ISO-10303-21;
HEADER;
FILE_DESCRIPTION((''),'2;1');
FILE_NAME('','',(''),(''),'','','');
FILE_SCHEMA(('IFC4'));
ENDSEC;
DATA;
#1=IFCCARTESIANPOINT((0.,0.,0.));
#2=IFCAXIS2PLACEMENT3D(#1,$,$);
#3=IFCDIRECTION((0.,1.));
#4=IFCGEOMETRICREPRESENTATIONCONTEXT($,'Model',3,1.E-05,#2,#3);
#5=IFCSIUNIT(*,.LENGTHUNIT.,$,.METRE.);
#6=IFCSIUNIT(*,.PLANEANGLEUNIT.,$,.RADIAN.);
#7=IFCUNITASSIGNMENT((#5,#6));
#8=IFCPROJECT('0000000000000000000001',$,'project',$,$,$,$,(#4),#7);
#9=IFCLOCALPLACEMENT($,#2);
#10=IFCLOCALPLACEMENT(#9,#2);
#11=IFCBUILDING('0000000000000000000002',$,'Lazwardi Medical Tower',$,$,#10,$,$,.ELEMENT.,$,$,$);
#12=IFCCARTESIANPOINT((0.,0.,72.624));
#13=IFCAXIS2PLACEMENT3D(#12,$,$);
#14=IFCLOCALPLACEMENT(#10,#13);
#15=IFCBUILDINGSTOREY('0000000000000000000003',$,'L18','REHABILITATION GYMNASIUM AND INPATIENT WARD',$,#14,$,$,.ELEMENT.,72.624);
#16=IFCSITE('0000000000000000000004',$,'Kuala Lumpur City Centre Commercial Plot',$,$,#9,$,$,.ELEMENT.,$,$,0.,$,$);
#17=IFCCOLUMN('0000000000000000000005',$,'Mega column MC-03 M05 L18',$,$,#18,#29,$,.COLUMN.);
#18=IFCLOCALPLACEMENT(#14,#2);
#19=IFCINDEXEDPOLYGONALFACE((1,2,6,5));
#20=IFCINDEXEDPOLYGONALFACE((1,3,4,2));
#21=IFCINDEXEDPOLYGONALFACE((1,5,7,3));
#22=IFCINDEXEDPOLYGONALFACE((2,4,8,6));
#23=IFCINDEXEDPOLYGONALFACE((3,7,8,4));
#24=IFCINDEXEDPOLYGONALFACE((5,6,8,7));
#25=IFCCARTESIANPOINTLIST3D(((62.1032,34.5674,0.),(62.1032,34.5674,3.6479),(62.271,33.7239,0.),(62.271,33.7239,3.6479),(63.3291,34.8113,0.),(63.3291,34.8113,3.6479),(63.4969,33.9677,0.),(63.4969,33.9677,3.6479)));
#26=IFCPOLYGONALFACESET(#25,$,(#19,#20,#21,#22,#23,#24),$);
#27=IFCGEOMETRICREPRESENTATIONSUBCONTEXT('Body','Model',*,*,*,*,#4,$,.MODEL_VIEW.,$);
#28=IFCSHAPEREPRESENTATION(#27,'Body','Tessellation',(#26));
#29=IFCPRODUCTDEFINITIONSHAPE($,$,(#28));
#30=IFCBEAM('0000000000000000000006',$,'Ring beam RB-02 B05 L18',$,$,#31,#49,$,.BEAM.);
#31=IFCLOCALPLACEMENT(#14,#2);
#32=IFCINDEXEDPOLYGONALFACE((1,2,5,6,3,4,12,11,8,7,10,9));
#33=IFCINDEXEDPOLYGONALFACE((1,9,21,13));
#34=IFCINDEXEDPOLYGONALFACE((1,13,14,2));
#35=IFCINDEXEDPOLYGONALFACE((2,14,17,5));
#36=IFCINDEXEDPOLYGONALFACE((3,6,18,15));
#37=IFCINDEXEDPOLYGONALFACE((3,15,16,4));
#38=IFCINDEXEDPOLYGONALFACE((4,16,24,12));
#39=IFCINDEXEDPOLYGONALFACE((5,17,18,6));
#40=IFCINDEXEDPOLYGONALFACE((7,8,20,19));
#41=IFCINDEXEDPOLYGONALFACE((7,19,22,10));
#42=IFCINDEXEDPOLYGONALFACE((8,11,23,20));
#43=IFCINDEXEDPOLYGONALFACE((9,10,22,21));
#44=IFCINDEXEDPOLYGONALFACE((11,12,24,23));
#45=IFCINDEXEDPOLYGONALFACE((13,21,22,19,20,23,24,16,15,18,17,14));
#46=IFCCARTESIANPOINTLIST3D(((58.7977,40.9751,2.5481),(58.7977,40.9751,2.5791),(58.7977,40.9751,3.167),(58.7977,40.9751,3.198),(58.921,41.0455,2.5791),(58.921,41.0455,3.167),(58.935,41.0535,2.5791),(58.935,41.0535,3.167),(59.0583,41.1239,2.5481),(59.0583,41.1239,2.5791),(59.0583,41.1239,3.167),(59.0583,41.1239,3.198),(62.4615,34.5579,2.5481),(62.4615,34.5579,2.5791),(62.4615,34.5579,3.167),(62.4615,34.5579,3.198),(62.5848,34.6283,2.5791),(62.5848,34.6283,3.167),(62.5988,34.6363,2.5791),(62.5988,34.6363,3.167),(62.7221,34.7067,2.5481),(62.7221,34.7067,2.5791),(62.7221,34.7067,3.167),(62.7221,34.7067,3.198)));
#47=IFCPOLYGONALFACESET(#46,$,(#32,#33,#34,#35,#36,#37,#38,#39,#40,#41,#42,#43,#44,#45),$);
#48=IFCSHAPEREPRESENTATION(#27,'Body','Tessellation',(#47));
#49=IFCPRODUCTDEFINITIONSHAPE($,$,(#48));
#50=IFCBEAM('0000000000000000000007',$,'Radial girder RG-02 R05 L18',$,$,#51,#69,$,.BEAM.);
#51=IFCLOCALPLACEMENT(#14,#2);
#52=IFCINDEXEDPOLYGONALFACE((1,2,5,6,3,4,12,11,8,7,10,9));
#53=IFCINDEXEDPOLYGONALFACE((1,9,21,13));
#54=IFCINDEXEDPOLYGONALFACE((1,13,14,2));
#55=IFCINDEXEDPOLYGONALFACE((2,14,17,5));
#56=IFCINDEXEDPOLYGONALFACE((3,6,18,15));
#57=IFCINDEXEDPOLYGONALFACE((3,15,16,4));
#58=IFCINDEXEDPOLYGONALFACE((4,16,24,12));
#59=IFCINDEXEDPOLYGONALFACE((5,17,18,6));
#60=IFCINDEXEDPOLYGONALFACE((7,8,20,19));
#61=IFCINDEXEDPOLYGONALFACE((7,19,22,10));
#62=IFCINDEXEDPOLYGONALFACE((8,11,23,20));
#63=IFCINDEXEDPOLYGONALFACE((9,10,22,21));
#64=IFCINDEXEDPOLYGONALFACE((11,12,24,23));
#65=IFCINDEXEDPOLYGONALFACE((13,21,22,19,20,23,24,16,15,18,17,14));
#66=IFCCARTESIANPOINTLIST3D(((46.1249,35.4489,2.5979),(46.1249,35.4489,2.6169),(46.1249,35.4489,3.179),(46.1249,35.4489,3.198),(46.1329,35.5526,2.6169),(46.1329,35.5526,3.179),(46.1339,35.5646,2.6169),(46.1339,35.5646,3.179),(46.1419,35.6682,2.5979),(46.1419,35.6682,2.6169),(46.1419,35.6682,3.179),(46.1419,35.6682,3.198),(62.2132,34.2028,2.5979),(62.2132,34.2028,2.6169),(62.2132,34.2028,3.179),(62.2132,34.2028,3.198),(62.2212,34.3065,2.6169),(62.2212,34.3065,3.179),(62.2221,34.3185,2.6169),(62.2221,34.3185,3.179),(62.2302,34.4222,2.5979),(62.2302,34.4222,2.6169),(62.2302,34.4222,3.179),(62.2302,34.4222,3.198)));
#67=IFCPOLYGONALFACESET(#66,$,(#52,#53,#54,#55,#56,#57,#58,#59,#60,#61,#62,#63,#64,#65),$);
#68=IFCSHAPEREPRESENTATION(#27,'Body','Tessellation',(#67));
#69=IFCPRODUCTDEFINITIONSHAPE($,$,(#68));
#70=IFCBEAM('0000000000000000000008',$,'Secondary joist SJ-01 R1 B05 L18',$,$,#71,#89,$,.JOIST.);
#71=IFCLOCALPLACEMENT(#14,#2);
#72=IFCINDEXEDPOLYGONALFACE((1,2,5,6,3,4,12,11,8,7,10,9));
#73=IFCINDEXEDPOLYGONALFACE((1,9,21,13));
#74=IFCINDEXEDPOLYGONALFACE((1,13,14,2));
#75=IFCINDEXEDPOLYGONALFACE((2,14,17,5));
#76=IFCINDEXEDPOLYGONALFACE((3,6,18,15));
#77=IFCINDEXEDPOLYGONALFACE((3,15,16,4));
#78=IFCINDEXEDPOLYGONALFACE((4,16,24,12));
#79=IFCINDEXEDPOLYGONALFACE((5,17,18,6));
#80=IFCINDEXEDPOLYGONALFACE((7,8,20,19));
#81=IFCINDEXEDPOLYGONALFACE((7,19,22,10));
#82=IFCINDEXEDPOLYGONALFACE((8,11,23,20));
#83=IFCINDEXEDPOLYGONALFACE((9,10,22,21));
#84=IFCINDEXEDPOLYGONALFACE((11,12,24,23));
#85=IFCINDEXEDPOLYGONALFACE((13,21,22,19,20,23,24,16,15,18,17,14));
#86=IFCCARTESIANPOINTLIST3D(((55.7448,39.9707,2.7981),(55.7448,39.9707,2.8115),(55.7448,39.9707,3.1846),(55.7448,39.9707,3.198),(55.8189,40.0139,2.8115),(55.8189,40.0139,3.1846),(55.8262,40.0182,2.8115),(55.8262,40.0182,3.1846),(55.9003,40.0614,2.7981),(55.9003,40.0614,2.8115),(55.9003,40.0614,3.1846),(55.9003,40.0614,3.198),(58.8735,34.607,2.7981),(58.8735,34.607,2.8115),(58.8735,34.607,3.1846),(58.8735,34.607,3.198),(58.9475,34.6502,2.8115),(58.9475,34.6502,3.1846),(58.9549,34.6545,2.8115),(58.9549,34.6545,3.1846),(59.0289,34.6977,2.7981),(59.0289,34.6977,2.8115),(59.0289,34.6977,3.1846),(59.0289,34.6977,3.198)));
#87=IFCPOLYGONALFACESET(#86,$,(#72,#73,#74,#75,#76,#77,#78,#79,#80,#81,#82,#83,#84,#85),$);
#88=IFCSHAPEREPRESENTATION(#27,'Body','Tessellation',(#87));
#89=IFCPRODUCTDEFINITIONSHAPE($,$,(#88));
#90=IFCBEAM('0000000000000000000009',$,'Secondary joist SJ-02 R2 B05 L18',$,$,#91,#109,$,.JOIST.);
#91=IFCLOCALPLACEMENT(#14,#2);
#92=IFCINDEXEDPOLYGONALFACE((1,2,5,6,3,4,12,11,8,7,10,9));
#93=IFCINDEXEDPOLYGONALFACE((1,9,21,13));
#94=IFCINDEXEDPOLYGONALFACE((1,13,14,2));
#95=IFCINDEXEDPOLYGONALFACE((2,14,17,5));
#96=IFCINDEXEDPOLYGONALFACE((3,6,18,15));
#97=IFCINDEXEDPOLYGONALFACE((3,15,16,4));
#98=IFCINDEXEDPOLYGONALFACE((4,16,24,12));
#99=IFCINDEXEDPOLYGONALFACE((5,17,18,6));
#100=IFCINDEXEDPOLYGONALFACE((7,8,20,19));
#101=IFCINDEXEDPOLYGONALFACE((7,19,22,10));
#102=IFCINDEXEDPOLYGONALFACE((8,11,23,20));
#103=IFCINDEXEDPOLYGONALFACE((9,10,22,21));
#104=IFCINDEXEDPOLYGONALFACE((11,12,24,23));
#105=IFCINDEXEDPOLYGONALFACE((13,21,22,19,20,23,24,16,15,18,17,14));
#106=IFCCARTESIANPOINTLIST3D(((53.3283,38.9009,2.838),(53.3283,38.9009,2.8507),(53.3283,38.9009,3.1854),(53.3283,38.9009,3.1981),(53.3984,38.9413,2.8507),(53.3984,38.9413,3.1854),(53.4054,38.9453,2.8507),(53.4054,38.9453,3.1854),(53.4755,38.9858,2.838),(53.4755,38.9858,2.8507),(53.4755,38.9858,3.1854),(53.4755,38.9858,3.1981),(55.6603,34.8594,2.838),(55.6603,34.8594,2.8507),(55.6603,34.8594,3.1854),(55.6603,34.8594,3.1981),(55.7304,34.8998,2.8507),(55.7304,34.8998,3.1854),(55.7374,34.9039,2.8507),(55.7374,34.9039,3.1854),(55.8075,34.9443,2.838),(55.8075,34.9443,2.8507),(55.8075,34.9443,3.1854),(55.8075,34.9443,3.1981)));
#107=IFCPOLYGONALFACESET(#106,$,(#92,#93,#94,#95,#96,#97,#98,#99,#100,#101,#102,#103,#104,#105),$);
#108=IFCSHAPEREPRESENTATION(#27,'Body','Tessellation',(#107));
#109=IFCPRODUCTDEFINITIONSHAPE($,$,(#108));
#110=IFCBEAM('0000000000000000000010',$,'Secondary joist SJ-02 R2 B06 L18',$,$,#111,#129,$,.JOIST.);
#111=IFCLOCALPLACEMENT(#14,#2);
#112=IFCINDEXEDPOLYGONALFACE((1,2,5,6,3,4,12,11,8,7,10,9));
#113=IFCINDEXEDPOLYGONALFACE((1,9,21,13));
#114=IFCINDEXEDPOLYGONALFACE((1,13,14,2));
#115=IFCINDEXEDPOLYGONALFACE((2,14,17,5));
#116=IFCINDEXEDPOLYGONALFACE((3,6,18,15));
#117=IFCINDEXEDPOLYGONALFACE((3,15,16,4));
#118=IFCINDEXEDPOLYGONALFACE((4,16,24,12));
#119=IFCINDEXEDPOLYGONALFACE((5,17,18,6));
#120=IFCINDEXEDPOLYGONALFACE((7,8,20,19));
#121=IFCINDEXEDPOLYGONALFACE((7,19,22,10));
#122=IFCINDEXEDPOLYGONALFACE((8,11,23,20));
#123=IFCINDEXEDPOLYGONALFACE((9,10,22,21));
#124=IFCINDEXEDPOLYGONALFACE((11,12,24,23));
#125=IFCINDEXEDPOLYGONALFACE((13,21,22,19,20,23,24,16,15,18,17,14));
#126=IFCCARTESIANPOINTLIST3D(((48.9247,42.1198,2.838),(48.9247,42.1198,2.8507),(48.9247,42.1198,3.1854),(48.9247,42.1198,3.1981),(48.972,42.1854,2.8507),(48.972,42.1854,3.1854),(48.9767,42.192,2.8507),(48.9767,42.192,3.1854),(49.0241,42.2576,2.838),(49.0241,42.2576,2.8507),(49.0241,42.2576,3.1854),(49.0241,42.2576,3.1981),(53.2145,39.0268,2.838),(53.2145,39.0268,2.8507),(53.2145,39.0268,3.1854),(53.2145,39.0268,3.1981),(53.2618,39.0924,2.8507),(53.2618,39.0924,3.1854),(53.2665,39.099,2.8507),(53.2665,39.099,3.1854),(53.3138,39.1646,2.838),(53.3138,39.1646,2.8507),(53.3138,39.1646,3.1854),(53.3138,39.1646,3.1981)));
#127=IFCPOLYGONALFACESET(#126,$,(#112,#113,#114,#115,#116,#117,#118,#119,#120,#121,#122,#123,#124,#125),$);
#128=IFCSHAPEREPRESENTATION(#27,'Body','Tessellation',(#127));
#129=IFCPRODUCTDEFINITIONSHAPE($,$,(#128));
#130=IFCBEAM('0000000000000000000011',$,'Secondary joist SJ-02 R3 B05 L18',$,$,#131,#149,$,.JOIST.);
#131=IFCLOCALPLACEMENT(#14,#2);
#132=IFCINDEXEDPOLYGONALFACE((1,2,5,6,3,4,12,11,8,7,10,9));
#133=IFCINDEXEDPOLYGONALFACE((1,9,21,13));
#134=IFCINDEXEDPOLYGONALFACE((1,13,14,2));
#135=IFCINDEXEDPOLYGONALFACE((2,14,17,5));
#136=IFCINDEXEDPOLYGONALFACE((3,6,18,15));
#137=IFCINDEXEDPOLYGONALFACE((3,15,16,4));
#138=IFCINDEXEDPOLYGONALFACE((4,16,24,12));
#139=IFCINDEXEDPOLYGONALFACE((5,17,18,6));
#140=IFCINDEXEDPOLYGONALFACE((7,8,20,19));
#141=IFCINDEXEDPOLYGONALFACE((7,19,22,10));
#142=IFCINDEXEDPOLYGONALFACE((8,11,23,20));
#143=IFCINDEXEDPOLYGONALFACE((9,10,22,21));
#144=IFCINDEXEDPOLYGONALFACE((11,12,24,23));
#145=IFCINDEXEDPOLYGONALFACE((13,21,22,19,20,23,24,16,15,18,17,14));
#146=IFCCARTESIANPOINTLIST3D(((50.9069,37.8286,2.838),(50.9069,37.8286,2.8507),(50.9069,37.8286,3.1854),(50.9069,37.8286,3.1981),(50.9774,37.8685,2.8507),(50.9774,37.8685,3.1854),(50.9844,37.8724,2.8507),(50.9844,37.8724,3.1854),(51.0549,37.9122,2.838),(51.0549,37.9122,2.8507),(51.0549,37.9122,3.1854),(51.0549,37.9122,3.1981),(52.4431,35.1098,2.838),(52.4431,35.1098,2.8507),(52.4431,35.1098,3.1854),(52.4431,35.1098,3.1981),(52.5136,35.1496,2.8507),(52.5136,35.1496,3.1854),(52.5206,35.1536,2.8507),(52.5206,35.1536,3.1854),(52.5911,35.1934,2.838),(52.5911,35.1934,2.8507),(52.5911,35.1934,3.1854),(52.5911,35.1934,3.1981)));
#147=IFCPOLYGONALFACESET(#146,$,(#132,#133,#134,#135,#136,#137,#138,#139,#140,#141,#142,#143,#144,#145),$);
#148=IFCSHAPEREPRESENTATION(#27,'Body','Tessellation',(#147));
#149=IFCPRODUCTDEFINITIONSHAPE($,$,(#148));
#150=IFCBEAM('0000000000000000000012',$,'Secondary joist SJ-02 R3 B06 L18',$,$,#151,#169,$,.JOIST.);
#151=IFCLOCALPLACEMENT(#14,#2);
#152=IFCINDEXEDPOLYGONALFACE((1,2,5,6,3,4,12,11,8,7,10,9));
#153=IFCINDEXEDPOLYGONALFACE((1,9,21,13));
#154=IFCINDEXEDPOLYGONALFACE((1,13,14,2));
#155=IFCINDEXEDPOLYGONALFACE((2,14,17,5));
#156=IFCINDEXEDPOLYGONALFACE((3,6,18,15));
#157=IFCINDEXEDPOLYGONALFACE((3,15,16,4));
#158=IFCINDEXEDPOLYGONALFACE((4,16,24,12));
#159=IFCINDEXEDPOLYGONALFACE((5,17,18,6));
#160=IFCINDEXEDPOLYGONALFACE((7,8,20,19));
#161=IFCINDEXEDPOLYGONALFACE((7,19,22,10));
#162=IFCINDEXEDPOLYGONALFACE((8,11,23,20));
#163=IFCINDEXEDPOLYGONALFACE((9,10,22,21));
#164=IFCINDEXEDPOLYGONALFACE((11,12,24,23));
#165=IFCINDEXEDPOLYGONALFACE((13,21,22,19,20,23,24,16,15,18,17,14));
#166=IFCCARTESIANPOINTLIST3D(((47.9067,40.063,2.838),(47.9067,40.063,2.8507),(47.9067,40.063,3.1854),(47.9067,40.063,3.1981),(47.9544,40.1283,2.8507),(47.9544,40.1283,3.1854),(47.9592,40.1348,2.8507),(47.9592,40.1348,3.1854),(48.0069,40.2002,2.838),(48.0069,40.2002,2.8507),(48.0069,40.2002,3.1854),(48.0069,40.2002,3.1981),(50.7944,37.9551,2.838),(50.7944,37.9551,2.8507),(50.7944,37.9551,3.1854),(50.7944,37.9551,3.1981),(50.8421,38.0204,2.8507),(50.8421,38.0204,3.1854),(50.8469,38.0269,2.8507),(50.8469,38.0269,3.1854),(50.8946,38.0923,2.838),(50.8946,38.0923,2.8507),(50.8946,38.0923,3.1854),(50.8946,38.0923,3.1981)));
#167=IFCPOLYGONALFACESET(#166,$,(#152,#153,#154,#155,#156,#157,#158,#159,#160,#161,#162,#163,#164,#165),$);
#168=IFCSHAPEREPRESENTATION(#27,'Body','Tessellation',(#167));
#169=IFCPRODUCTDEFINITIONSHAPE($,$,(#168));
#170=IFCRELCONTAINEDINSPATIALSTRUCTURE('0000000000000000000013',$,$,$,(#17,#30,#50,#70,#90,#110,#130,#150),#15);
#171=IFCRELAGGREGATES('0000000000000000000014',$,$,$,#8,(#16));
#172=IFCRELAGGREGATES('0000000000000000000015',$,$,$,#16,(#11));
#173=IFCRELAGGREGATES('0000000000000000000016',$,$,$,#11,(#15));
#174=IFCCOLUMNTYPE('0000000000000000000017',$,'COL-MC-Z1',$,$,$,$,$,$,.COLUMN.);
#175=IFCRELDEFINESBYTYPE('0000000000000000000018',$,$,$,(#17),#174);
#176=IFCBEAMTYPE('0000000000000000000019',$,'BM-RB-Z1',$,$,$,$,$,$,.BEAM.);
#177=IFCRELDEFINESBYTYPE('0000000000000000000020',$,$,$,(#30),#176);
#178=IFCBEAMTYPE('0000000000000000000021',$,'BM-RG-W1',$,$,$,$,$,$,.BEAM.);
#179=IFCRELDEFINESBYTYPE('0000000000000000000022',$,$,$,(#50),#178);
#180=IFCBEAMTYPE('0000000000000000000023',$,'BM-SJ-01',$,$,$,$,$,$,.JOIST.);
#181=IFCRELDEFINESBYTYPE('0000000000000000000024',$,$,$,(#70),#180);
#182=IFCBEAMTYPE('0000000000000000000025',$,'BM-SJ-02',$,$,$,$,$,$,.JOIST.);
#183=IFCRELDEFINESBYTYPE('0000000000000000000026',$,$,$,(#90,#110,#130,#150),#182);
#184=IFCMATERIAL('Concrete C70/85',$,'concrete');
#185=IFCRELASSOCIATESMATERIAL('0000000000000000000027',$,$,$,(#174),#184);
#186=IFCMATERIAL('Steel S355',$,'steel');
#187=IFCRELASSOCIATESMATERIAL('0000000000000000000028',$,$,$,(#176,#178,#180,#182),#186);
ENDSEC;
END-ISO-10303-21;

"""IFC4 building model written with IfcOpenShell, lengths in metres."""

from ifc_helpers import new_model, si_unit, direction, frame, origin, origin_2d, place, context, subcontext, project, spatial, rectangle, i_section, extrude, material, material_profile, profile_set, type_object, element, save


model = new_model("IFC4")

# Units and contexts
model_context = context("Model", 3, precision=1e-05, world=origin(), true_north=direction((0.0, 1.0)))
body_context = subcontext(model_context, "Body", "Model", "MODEL_VIEW")
ifc_project = project(units=[si_unit("LENGTHUNIT", "METRE"), si_unit("PLANEANGLEUNIT", "RADIAN")], contexts=[model_context])

# Site, building, storey
site_placement = place(None, origin())
site = spatial("IfcSite", under=ifc_project, at=site_placement, Name="Kuala Lumpur City Centre Commercial Plot", CompositionType="ELEMENT", RefElevation=0.0)
building_placement = place(site_placement, origin())
building = spatial("IfcBuilding", under=site, at=building_placement, Name="Lazwardi Medical Tower", CompositionType="ELEMENT")
storey_placement = place(building_placement, frame((0.0, 0.0, 72.624)))
storey = spatial("IfcBuildingStorey", under=building, at=storey_placement, Name="L18", Description="REHABILITATION GYMNASIUM AND INPATIENT WARD", CompositionType="ELEMENT", Elevation=72.624)

# Column
ifc_material_1 = material(Name="Concrete C70/85", Category="concrete")
ifc_material_profile_1 = material_profile(ifc_material_1, rectangle(XDim=1.25, YDim=0.8601, at=origin_2d()), Name="CFT-RECT 1250x860")
ifc_profile_set_1 = profile_set([ifc_material_profile_1], Name="Concrete C70/85")
column_type = type_object("IfcColumnType", Name="COL-MC-Z1", PredefinedType="COLUMN", material=ifc_profile_set_1)
column_placement = place(storey_placement, frame((62.8, 34.2676, 0.0), z_axis=(0.0, 0.0, 1.0), x_axis=(0.980785, 0.19509, 0.0)))
element("IfcColumn", 1, at=column_placement, inside=storey, type_object=column_type, Name="Mega column MC-03 M05 L18", PredefinedType="COLUMN", context=body_context, shape_type="SweptSolid", body=[
    extrude(rectangle(XDim=1.25, YDim=0.8601, at=origin_2d()), origin(), (0.0, 0.0, 1.0), 3.6479),
])

# Beams
ifc_material_2 = material(Name="Steel S355", Category="steel")
ifc_material_profile_2 = material_profile(ifc_material_2, i_section(OverallWidth=0.3, OverallDepth=0.6499, WebThickness=0.0161, FlangeThickness=0.031, at=origin_2d()), Name="HEB 650")
ifc_profile_set_2 = profile_set([ifc_material_profile_2], Name="Steel S355")
beam_type_1 = type_object("IfcBeamType", Name="BM-RB-Z1", PredefinedType="BEAM", material=ifc_profile_set_2)
beam_1_placement = place(storey_placement, frame((62.5918, 34.6323, 2.873), z_axis=(-0.495815, 0.868428, 0.0), x_axis=(-0.868428, -0.495815, 0.0)))
element("IfcBeam", 2, at=beam_1_placement, inside=storey, type_object=beam_type_1, Name="Ring beam RB-02 B05 L18", PredefinedType="BEAM", context=body_context, shape_type="SweptSolid", body=[
    extrude(i_section(OverallWidth=0.3, OverallDepth=0.6499, WebThickness=0.0161, FlangeThickness=0.031, at=origin_2d()), origin(), (0.0, 0.0, 1.0), 7.3894),
])
ifc_material_profile_3 = material_profile(ifc_material_2, i_section(OverallWidth=0.22, OverallDepth=0.6001, WebThickness=0.012, FlangeThickness=0.019, at=origin_2d()), Name="IPE 600")
ifc_profile_set_3 = profile_set([ifc_material_profile_3], Name="Steel S355")
beam_type_2 = type_object("IfcBeamType", Name="BM-RG-W1", PredefinedType="BEAM", material=ifc_profile_set_3)
beam_2_placement = place(storey_placement, frame((62.2217, 34.3125, 2.8979), z_axis=(-0.997014, 0.077222, 0.0), x_axis=(-0.077222, -0.997014, 0.0)))
element("IfcBeam", 3, at=beam_2_placement, inside=storey, type_object=beam_type_2, Name="Radial girder RG-02 R05 L18", PredefinedType="BEAM", context=body_context, shape_type="SweptSolid", body=[
    extrude(i_section(OverallWidth=0.22, OverallDepth=0.6001, WebThickness=0.012, FlangeThickness=0.019, at=origin_2d()), origin(), (0.0, 0.0, 1.0), 16.1365),
])
ifc_material_profile_4 = material_profile(ifc_material_2, i_section(OverallWidth=0.1799, OverallDepth=0.3999, WebThickness=0.0085, FlangeThickness=0.0134, at=origin_2d()), Name="IPE 400")
ifc_profile_set_4 = profile_set([ifc_material_profile_4], Name="Steel S355")
beam_type_3 = type_object("IfcBeamType", Name="BM-SJ-01", PredefinedType="JOIST", material=ifc_profile_set_4)
beam_3_placement = place(storey_placement, frame((58.9512, 34.6523, 2.998), z_axis=(-0.503847, 0.863793, 0.0), x_axis=(-0.863793, -0.503847, 0.0)))
element("IfcBeam", 4, at=beam_3_placement, inside=storey, type_object=beam_type_3, Name="Secondary joist SJ-01 R1 B05 L18", PredefinedType="JOIST", context=body_context, shape_type="SweptSolid", body=[
    extrude(i_section(OverallWidth=0.1799, OverallDepth=0.3999, WebThickness=0.0085, FlangeThickness=0.0134, at=origin_2d()), origin(), (0.0, 0.0, 1.0), 6.2095),
])
ifc_material_profile_5 = material_profile(ifc_material_2, i_section(OverallWidth=0.1699, OverallDepth=0.3601, WebThickness=0.0081, FlangeThickness=0.0127, at=origin_2d()), Name="IPE 360")
ifc_profile_set_5 = profile_set([ifc_material_profile_5], Name="Steel S355")
beam_type_4 = type_object("IfcBeamType", Name="BM-SJ-02", PredefinedType="JOIST", material=ifc_profile_set_5)
beam_4_placement = place(storey_placement, frame((55.7339, 34.9019, 3.0181), z_axis=(-0.499786, 0.866149, 0.0), x_axis=(-0.866149, -0.499786, 0.0)))
element("IfcBeam", 5, at=beam_4_placement, inside=storey, type_object=beam_type_4, Name="Secondary joist SJ-02 R2 B05 L18", PredefinedType="JOIST", context=body_context, shape_type="SweptSolid", body=[
    extrude(i_section(OverallWidth=0.1699, OverallDepth=0.3601, WebThickness=0.0081, FlangeThickness=0.0127, at=origin_2d()), origin(), (0.0, 0.0, 1.0), 4.666),
])
beam_5_placement = place(storey_placement, frame((53.2642, 39.0957, 3.0181), z_axis=(-0.811143, 0.584848, 0.0), x_axis=(-0.584848, -0.811143, 0.0)))
element("IfcBeam", 6, at=beam_5_placement, inside=storey, type_object=beam_type_4, Name="Secondary joist SJ-02 R2 B06 L18", PredefinedType="JOIST", context=body_context, shape_type="SweptSolid", body=[
    extrude(i_section(OverallWidth=0.1699, OverallDepth=0.3601, WebThickness=0.0081, FlangeThickness=0.0127, at=origin_2d()), origin(), (0.0, 0.0, 1.0), 5.2886),
])
beam_6_placement = place(storey_placement, frame((52.5171, 35.1516, 3.0181), z_axis=(-0.491923, 0.870639, 0.0), x_axis=(-0.870639, -0.491923, 0.0)))
element("IfcBeam", 7, at=beam_6_placement, inside=storey, type_object=beam_type_4, Name="Secondary joist SJ-02 R3 B05 L18", PredefinedType="JOIST", context=body_context, shape_type="SweptSolid", body=[
    extrude(i_section(OverallWidth=0.1699, OverallDepth=0.3601, WebThickness=0.0081, FlangeThickness=0.0127, at=origin_2d()), origin(), (0.0, 0.0, 1.0), 3.1228),
])
beam_7_placement = place(storey_placement, frame((50.8445, 38.0237, 3.0181), z_axis=(-0.807701, 0.589592, 0.0), x_axis=(-0.589592, -0.807701, 0.0)))
element("IfcBeam", 8, at=beam_7_placement, inside=storey, type_object=beam_type_4, Name="Secondary joist SJ-02 R3 B06 L18", PredefinedType="JOIST", context=body_context, shape_type="SweptSolid", body=[
    extrude(i_section(OverallWidth=0.1699, OverallDepth=0.3601, WebThickness=0.0081, FlangeThickness=0.0127, at=origin_2d()), origin(), (0.0, 0.0, 1.0), 3.5752),
])

save(model, "model.ifc")
